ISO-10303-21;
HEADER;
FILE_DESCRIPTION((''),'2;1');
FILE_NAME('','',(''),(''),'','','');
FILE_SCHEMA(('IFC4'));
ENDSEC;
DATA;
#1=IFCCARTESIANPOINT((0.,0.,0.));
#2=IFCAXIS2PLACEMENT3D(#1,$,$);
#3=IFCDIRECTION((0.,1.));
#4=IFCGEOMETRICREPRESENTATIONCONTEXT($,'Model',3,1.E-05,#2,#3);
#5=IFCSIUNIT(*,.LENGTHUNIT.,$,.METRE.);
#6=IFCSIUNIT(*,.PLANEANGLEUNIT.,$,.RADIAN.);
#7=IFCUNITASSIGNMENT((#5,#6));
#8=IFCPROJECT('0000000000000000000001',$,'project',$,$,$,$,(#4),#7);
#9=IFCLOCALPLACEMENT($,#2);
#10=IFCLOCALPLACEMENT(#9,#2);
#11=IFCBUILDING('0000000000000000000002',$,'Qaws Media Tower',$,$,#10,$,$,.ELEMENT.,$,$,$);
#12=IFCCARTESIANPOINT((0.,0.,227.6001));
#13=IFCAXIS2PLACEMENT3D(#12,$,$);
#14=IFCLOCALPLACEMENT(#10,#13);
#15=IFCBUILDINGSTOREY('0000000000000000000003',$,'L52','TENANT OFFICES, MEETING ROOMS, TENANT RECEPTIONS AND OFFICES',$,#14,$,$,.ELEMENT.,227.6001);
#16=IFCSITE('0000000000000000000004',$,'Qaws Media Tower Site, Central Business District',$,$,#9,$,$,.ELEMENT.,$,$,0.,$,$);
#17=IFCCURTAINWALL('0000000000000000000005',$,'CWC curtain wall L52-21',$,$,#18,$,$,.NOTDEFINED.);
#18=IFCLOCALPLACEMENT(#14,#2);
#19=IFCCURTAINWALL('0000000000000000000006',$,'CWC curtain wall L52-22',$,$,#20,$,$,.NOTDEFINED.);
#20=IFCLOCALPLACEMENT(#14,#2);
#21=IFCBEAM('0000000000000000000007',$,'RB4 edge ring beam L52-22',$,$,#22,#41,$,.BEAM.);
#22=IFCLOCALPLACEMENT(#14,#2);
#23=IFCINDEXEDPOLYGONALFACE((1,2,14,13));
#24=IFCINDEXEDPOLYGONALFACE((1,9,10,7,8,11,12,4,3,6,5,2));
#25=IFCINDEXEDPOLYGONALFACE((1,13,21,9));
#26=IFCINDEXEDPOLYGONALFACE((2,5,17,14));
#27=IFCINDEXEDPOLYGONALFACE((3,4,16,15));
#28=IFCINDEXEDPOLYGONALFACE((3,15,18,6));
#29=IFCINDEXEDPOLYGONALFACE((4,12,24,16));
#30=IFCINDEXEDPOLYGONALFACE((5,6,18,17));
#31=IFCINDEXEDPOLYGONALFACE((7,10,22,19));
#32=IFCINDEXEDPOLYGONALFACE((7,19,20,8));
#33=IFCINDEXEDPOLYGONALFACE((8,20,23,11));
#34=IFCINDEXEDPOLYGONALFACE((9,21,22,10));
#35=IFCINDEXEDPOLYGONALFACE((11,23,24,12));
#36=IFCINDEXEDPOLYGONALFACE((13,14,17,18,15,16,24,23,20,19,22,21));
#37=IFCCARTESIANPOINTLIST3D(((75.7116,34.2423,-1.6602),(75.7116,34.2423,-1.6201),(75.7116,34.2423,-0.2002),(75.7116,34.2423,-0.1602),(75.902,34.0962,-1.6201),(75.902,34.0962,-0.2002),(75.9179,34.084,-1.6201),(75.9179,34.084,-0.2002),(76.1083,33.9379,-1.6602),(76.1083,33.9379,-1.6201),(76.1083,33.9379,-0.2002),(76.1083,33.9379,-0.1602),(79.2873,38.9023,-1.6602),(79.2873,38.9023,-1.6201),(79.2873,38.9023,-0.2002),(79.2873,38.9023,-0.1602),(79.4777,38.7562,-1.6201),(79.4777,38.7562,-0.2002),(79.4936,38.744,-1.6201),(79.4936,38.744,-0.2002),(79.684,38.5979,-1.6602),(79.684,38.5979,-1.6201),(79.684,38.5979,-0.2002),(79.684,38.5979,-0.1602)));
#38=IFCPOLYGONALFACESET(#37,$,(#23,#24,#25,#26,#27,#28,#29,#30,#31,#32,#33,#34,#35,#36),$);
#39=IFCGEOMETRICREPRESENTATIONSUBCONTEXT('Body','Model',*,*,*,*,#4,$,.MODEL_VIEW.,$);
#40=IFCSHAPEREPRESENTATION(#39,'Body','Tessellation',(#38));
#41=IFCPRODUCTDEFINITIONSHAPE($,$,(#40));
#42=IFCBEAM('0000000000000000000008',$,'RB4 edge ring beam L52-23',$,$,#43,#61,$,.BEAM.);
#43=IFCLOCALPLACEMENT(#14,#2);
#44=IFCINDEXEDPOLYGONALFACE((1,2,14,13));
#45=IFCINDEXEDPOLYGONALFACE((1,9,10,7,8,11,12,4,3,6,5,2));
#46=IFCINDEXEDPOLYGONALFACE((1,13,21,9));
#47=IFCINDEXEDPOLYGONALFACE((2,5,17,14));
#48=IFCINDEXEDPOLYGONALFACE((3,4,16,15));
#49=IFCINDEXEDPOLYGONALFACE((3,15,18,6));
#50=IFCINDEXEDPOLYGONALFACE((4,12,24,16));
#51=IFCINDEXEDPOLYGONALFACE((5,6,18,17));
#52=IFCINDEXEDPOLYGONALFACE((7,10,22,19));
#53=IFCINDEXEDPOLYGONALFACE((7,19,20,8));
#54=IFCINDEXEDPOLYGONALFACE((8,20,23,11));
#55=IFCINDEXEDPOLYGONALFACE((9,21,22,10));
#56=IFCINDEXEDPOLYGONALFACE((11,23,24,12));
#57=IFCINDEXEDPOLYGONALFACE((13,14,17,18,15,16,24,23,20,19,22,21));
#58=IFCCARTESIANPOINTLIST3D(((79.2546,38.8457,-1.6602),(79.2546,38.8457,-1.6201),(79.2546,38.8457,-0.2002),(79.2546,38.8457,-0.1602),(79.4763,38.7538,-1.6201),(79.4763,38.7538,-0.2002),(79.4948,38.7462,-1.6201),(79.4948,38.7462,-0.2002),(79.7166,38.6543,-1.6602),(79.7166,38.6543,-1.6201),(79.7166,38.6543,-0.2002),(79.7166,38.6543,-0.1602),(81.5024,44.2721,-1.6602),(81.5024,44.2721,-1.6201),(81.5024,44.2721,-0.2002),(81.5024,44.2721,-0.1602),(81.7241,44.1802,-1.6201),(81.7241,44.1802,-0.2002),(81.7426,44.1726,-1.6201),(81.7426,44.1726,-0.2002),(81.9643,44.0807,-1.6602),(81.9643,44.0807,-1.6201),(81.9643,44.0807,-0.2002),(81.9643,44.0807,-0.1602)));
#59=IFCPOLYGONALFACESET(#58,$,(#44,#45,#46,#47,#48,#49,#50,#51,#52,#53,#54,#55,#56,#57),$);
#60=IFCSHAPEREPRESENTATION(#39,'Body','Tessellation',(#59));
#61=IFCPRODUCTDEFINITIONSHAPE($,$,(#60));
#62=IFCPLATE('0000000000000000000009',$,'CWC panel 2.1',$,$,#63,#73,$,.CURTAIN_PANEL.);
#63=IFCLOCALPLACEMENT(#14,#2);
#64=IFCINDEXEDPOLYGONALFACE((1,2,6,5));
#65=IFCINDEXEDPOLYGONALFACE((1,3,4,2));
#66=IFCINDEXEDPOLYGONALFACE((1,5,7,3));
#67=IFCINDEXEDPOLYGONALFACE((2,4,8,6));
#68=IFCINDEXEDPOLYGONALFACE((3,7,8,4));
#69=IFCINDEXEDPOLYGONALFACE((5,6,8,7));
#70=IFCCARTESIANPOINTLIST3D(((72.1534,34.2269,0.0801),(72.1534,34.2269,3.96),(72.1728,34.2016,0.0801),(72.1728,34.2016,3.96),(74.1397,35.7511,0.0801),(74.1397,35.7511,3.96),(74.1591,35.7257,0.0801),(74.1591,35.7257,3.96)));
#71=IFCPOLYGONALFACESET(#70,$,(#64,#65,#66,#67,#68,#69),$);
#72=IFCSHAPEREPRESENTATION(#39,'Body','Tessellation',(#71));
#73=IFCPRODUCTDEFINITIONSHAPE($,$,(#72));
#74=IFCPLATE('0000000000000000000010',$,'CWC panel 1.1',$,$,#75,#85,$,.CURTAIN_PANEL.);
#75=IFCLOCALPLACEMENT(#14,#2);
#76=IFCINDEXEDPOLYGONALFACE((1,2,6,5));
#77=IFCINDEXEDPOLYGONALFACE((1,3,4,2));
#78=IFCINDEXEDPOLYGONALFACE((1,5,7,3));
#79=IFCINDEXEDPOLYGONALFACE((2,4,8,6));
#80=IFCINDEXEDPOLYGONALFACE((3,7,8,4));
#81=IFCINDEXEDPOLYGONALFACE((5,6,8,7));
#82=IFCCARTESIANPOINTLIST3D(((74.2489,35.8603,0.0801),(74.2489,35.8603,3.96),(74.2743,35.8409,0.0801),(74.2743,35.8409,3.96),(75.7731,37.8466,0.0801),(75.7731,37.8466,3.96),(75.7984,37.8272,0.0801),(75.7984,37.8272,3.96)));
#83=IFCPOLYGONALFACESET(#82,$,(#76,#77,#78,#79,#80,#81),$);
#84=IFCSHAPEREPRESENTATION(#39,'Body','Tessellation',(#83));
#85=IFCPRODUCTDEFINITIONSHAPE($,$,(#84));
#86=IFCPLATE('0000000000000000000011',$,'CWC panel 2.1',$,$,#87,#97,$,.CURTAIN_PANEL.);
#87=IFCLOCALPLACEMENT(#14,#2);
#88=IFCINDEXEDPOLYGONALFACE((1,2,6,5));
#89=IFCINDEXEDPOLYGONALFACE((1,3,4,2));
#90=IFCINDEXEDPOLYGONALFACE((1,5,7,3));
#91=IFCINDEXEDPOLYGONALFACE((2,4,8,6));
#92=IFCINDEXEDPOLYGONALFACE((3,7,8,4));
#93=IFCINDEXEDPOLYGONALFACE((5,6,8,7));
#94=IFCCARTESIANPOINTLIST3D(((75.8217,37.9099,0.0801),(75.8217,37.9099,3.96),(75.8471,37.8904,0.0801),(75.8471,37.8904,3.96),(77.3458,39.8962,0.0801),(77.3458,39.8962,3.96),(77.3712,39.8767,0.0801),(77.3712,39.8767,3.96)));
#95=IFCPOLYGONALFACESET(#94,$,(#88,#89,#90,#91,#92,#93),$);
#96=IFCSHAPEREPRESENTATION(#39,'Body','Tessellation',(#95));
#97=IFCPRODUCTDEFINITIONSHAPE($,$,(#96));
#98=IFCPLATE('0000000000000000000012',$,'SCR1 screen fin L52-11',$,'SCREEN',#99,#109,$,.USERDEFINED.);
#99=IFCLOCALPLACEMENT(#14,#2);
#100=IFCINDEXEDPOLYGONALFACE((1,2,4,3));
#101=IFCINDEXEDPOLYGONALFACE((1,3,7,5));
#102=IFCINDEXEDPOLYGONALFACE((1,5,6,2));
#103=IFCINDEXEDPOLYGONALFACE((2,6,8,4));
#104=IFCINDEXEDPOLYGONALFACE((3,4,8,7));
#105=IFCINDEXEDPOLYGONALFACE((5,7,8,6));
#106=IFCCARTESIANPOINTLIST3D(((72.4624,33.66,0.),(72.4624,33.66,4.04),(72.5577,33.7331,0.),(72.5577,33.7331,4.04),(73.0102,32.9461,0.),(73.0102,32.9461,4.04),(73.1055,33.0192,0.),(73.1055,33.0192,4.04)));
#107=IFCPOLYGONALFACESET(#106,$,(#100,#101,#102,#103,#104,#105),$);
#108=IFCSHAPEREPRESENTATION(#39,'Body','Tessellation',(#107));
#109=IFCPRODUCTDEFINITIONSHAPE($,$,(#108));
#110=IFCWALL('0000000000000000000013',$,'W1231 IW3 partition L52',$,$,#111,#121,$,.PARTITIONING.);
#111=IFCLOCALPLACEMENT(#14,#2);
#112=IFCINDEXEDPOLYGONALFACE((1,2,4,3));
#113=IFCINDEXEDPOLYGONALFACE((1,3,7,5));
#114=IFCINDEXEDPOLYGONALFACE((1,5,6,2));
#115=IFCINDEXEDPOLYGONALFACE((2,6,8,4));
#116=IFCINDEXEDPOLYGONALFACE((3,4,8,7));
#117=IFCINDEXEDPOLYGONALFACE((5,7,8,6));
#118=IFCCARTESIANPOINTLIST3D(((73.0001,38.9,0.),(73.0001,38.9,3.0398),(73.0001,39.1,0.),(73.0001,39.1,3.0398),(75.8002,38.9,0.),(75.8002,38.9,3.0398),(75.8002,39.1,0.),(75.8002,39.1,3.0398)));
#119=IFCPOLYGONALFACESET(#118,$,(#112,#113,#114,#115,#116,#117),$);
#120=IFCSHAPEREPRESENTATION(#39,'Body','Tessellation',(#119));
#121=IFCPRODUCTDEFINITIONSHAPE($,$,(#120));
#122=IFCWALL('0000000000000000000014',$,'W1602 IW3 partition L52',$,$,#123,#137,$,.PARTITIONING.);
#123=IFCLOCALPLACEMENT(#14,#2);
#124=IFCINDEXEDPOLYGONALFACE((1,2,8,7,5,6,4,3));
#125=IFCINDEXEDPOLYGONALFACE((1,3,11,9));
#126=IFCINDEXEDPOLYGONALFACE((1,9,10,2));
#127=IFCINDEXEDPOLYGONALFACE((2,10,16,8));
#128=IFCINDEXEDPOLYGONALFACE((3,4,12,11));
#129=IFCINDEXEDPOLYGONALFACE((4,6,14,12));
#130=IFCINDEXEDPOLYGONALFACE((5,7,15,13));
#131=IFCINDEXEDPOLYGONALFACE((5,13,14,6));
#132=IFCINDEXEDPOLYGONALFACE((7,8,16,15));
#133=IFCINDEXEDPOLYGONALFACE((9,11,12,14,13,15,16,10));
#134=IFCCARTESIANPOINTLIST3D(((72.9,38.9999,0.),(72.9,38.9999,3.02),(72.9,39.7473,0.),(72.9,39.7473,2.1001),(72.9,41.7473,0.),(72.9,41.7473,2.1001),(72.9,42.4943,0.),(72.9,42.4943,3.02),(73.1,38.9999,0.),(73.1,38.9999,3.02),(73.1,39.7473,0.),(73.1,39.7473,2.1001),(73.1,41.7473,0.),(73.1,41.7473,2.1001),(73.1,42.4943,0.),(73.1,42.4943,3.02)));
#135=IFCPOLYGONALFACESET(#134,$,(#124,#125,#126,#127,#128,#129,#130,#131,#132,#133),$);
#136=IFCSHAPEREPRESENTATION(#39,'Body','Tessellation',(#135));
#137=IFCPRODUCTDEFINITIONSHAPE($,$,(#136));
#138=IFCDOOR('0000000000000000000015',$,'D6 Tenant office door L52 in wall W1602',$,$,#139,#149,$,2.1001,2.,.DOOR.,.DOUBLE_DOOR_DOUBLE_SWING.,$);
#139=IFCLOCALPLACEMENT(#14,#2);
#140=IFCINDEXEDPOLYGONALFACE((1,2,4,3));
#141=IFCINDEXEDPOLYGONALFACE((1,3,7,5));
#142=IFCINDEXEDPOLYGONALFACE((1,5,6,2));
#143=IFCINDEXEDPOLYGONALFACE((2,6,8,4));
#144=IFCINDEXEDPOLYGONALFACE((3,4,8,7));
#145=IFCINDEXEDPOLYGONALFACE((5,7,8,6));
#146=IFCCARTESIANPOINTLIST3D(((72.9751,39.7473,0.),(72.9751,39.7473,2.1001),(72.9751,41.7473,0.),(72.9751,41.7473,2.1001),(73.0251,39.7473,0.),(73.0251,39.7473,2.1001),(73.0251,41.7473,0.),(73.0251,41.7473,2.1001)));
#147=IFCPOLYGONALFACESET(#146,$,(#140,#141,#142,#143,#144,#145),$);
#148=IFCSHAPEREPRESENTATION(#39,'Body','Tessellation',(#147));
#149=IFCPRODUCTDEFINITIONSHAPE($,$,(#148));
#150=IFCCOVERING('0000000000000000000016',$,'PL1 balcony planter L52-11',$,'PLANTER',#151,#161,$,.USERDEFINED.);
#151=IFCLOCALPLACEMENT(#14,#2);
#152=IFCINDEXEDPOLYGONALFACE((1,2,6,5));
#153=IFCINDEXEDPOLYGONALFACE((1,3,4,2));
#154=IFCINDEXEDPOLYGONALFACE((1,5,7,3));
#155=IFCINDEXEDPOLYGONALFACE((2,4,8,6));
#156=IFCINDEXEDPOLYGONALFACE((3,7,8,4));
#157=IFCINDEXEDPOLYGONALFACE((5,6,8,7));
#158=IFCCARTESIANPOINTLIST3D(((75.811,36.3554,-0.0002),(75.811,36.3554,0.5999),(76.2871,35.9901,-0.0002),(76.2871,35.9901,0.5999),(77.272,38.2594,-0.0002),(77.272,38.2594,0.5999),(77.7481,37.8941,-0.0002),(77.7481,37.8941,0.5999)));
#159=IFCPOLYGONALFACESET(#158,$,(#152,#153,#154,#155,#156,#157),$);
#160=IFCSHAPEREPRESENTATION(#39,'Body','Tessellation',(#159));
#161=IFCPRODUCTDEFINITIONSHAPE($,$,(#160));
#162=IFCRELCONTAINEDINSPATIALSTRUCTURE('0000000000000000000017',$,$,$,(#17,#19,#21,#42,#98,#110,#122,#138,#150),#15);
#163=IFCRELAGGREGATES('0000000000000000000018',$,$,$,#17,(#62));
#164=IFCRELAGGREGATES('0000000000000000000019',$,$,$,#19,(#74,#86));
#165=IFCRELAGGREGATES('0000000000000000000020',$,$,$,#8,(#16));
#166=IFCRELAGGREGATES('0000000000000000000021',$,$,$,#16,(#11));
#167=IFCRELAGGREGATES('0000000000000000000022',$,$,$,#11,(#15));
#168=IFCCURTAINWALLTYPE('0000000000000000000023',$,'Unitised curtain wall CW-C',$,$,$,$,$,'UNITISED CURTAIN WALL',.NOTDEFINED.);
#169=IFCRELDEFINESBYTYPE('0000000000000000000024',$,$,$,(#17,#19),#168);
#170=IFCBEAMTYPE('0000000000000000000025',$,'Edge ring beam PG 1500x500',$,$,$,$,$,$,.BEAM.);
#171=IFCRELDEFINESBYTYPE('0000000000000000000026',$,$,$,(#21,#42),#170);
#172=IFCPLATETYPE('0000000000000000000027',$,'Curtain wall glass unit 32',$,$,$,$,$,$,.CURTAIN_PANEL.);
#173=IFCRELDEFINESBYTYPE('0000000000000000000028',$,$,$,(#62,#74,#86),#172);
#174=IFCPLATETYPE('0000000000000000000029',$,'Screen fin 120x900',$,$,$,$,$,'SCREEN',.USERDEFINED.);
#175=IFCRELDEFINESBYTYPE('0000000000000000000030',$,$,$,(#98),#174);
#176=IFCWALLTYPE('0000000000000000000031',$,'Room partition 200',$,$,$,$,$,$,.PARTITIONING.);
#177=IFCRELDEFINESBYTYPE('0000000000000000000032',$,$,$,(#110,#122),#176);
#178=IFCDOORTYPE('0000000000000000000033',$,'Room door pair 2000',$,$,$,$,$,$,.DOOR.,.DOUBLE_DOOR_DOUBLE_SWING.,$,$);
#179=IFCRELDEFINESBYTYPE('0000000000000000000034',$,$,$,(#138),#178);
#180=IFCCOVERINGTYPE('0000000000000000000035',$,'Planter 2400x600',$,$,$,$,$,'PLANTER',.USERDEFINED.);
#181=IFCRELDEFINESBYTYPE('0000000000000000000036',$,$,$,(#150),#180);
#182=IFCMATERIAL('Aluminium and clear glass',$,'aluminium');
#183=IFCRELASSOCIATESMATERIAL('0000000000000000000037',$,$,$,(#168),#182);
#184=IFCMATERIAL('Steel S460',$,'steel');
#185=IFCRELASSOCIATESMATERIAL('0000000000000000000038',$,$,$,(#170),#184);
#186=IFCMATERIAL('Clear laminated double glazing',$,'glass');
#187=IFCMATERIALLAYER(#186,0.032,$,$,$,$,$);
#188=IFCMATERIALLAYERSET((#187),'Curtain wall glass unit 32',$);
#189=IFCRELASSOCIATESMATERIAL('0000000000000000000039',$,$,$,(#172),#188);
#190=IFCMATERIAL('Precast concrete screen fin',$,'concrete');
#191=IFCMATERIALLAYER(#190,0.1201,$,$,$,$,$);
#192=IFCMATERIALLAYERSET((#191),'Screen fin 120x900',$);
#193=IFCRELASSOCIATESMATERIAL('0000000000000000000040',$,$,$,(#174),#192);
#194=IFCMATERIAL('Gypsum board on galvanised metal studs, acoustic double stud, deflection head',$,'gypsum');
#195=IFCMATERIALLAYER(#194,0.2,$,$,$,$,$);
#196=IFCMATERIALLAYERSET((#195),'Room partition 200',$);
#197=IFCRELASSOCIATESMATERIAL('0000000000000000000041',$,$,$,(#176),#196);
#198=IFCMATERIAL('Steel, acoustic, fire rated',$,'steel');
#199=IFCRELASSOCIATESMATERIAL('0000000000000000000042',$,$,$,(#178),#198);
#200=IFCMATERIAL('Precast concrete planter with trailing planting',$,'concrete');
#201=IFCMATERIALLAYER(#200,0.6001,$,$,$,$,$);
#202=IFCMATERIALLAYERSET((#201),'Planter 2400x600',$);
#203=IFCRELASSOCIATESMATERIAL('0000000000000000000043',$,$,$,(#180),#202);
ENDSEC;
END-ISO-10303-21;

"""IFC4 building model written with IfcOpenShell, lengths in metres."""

from ifc_helpers import new_model, si_unit, direction, frame, frame_2d, origin, origin_2d, place, context, subcontext, project, spatial, rectangle, i_section, extrude, material, layer, layer_set, material_profile, profile_set, type_object, element, fill, aggregate, save


model = new_model("IFC4")

# Units and contexts
model_context = context("Model", 3, precision=1e-05, world=origin(), true_north=direction((0.0, 1.0)))
body_context = subcontext(model_context, "Body", "Model", "MODEL_VIEW")
ifc_project = project(units=[si_unit("LENGTHUNIT", "METRE"), si_unit("PLANEANGLEUNIT", "RADIAN")], contexts=[model_context])

# Site, building, storey
site_placement = place(None, origin())
site = spatial("IfcSite", under=ifc_project, at=site_placement, Name="Qaws Media Tower Site, Central Business District", CompositionType="ELEMENT", RefElevation=0.0)
building_placement = place(site_placement, origin())
building = spatial("IfcBuilding", under=site, at=building_placement, Name="Qaws Media Tower", CompositionType="ELEMENT")
storey_placement = place(building_placement, frame((0.0, 0.0, 227.6001)))
storey = spatial("IfcBuildingStorey", under=building, at=storey_placement, Name="L52", Description="TENANT OFFICES, MEETING ROOMS, TENANT RECEPTIONS AND OFFICES", CompositionType="ELEMENT", Elevation=227.6001)

# Curtain walls
ifc_material_1 = material(Name="Aluminium and clear glass", Category="aluminium")
curtain_wall_type = type_object("IfcCurtainWallType", Name="Unitised curtain wall CW-C", ElementType="UNITISED CURTAIN WALL", PredefinedType="NOTDEFINED", material=ifc_material_1)
curtain_wall_1_placement = place(storey_placement, origin())
curtain_wall_1 = element("IfcCurtainWall", 1, at=curtain_wall_1_placement, inside=storey, type_object=curtain_wall_type, Name="CWC curtain wall L52-21", PredefinedType="NOTDEFINED")
curtain_wall_2_placement = place(storey_placement, origin())
curtain_wall_2 = element("IfcCurtainWall", 2, at=curtain_wall_2_placement, inside=storey, type_object=curtain_wall_type, Name="CWC curtain wall L52-22", PredefinedType="NOTDEFINED")

# Beams
ifc_material_2 = material(Name="Steel S460", Category="steel")
ifc_material_profile_1 = material_profile(ifc_material_2, i_section(OverallWidth=0.5, OverallDepth=1.5, WebThickness=0.02, FlangeThickness=0.04, at=origin_2d()), Name="PG 1500x500")
ifc_profile_set_1 = profile_set([ifc_material_profile_1], Name="Steel S460")
beam_type = type_object("IfcBeamType", Name="Edge ring beam PG 1500x500", PredefinedType="BEAM", material=ifc_profile_set_1)
for number, where, z_axis, x_axis, name in (
    (3, (75.9099, 34.0901, -0.9102), (0.608762, 0.793353, 0.0), (-0.793353, 0.608762, 0.0), "RB4 edge ring beam L52-22"),
):
    element("IfcBeam", number, at=place(storey_placement, frame(where, z_axis=z_axis, x_axis=x_axis)), inside=storey, type_object=beam_type, Name=name, PredefinedType="BEAM", context=body_context, shape_type="SweptSolid", body=[
        extrude(i_section(OverallWidth=0.5, OverallDepth=1.5, WebThickness=0.02, FlangeThickness=0.04, at=origin_2d()), origin(), (0.0, 0.0, 1.0), 5.8738),
    ])
beam_placement = place(storey_placement, frame((79.4856, 38.75, -0.9102), z_axis=(0.382693, 0.923875, 0.0), x_axis=(-0.923875, 0.382693, 0.0)))
element("IfcBeam", 4, at=beam_placement, inside=storey, type_object=beam_type, Name="RB4 edge ring beam L52-23", PredefinedType="BEAM", context=body_context, shape_type="SweptSolid", body=[
    extrude(i_section(OverallWidth=0.5, OverallDepth=1.5, WebThickness=0.02, FlangeThickness=0.04, at=origin_2d()), origin(), (0.0, 0.0, 1.0), 5.8735),
])

# Plates
ifc_material_3 = material(Name="Clear laminated double glazing", Category="glass")
ifc_layer_1 = layer(ifc_material_3, 0.032)
ifc_layer_set_1 = layer_set([ifc_layer_1], Name="Curtain wall glass unit 32")
plate_type_1 = type_object("IfcPlateType", Name="Curtain wall glass unit 32", PredefinedType="CURTAIN_PANEL", material=ifc_layer_set_1)
plate_1_placement = place(storey_placement, frame((73.1562, 34.9763, 0.0801), z_axis=(0.0, 0.0, 1.0), x_axis=(0.793353, 0.608762, 0.0)))
plate_1 = element("IfcPlate", 5, at=plate_1_placement, type_object=plate_type_1, Name="CWC panel 2.1", PredefinedType="CURTAIN_PANEL", context=body_context, shape_type="SweptSolid", body=[
    extrude(rectangle(XDim=2.5037, YDim=0.032, at=origin_2d()), origin(), (0.0, 0.0, 1.0), 3.8799),
])
aggregate(curtain_wall_1, [plate_1])
plate_2_placement = place(storey_placement, frame((75.0237, 36.8438, 0.0801), z_axis=(0.0, 0.0, 1.0), x_axis=(0.608762, 0.793353, 0.0)))
plate_2 = element("IfcPlate", 6, at=plate_2_placement, type_object=plate_type_1, Name="CWC panel 1.1", PredefinedType="CURTAIN_PANEL", context=body_context, shape_type="SweptSolid", body=[
    extrude(rectangle(XDim=2.5037, YDim=0.032, at=origin_2d()), origin(), (0.0, 0.0, 1.0), 3.8799),
])
plate_3_placement = place(storey_placement, frame((76.5964, 38.8933, 0.0801), z_axis=(0.0, 0.0, 1.0), x_axis=(0.608762, 0.793353, 0.0)))
plate_3 = element("IfcPlate", 7, at=plate_3_placement, type_object=plate_type_1, Name="CWC panel 2.1", PredefinedType="CURTAIN_PANEL", context=body_context, shape_type="SweptSolid", body=[
    extrude(rectangle(XDim=2.5037, YDim=0.032, at=origin_2d()), origin(), (0.0, 0.0, 1.0), 3.8799),
])
aggregate(curtain_wall_2, [plate_2, plate_3])
ifc_material_4 = material(Name="Precast concrete screen fin", Category="concrete")
ifc_layer_2 = layer(ifc_material_4, 0.1201)
ifc_layer_set_2 = layer_set([ifc_layer_2], Name="Screen fin 120x900")
plate_type_2 = type_object("IfcPlateType", Name="Screen fin 120x900", ElementType="SCREEN", PredefinedType="USERDEFINED", material=ifc_layer_set_2)
plate_4_placement = place(storey_placement, frame((72.7839, 33.3396, 0.0), z_axis=(0.0, 0.0, 1.0), x_axis=(0.608761, -0.793353, 0.0)))
element("IfcPlate", 8, at=plate_4_placement, inside=storey, type_object=plate_type_2, Name="SCR1 screen fin L52-11", ObjectType="SCREEN", PredefinedType="USERDEFINED", context=body_context, shape_type="SweptSolid", body=[
    extrude(rectangle(XDim=0.8999, YDim=0.1201, at=origin_2d()), origin(), (0.0, 0.0, 1.0), 4.04),
])

# Wall
ifc_material_5 = material(Name="Gypsum board on galvanised metal studs, acoustic double stud, deflection head", Category="gypsum")
ifc_layer_3 = layer(ifc_material_5, 0.2)
ifc_layer_set_3 = layer_set([ifc_layer_3], Name="Room partition 200")
wall_type = type_object("IfcWallType", Name="Room partition 200", PredefinedType="PARTITIONING", material=ifc_layer_set_3)
wall_1_placement = place(storey_placement, frame((75.8, 39.0, 0.0), z_axis=(0.0, 0.0, 1.0), x_axis=(-1.0, 0.0, 0.0)))
element("IfcWall", 9, at=wall_1_placement, inside=storey, type_object=wall_type, Name="W1231 IW3 partition L52", PredefinedType="PARTITIONING", context=body_context, shape_type="SweptSolid", body=[
    extrude(rectangle(XDim=2.8, YDim=0.2, at=frame_2d((1.3999, 0.0))), origin(), (0.0, 0.0, 1.0), 3.0398),
])

# Wall, opening, door
wall_2_placement = place(storey_placement, frame((73.0, 39.0, 0.0), z_axis=(0.0, 0.0, 1.0), x_axis=(0.0, 1.0, 0.0)))
wall_2 = element("IfcWall", 10, at=wall_2_placement, inside=storey, type_object=wall_type, Name="W1602 IW3 partition L52", PredefinedType="PARTITIONING", context=body_context, shape_type="SweptSolid", body=[
    extrude(rectangle(XDim=3.4944, YDim=0.2, at=frame_2d((1.7471, 0.0))), origin(), (0.0, 0.0, 1.0), 3.02),
])
opening_placement = place(wall_2_placement, frame((0.7473, 0.0, 0.0)))
opening = element("IfcOpeningElement", 11, at=opening_placement, cuts=wall_2, PredefinedType="OPENING", context=body_context, shape_type="SweptSolid", body=[
    extrude(rectangle(XDim=2.0, YDim=2.1001, at=frame_2d((1.0, 1.05))), frame((0.0, 0.1099, 0.0), z_axis=(0.0, -1.0, 0.0), x_axis=(1.0, 0.0, 0.0)), (0.0, 0.0, 1.0), 0.22),
])
ifc_material_6 = material(Name="Steel, acoustic, fire rated", Category="steel")
door_type = type_object("IfcDoorType", Name="Room door pair 2000", OperationType="DOUBLE_DOOR_DOUBLE_SWING", PredefinedType="DOOR", material=ifc_material_6)
door_placement = place(opening_placement, origin())
door = element("IfcDoor", 12, at=door_placement, inside=storey, type_object=door_type, Name="D6 Tenant office door L52 in wall W1602", OperationType="DOUBLE_DOOR_DOUBLE_SWING", OverallHeight=2.1001, OverallWidth=2.0, PredefinedType="DOOR", context=body_context, shape_type="SweptSolid", body=[
    extrude(rectangle(XDim=2.0, YDim=2.1001, at=frame_2d((1.0, 1.05))), frame((0.0, 0.0249, 0.0), z_axis=(0.0, -1.0, 0.0), x_axis=(1.0, 0.0, 0.0)), (0.0, 0.0, 1.0), 0.05),
])
fill(opening, door)

# Covering
ifc_material_7 = material(Name="Precast concrete planter with trailing planting", Category="concrete")
ifc_layer_4 = layer(ifc_material_7, 0.6001)
ifc_layer_set_4 = layer_set([ifc_layer_4], Name="Planter 2400x600")
covering_type = type_object("IfcCoveringType", Name="Planter 2400x600", ElementType="PLANTER", PredefinedType="USERDEFINED", material=ifc_layer_set_4)
covering_placement = place(storey_placement, frame((76.7795, 37.1248, -0.0002), z_axis=(0.0, 0.0, 1.0), x_axis=(0.608761, 0.793353, 0.0)))
element("IfcCovering", 13, at=covering_placement, inside=storey, type_object=covering_type, Name="PL1 balcony planter L52-11", ObjectType="PLANTER", PredefinedType="USERDEFINED", context=body_context, shape_type="SweptSolid", body=[
    extrude(rectangle(XDim=2.3999, YDim=0.6001, at=origin_2d()), origin(), (0.0, 0.0, 1.0), 0.6001),
])

save(model, "model.ifc")
